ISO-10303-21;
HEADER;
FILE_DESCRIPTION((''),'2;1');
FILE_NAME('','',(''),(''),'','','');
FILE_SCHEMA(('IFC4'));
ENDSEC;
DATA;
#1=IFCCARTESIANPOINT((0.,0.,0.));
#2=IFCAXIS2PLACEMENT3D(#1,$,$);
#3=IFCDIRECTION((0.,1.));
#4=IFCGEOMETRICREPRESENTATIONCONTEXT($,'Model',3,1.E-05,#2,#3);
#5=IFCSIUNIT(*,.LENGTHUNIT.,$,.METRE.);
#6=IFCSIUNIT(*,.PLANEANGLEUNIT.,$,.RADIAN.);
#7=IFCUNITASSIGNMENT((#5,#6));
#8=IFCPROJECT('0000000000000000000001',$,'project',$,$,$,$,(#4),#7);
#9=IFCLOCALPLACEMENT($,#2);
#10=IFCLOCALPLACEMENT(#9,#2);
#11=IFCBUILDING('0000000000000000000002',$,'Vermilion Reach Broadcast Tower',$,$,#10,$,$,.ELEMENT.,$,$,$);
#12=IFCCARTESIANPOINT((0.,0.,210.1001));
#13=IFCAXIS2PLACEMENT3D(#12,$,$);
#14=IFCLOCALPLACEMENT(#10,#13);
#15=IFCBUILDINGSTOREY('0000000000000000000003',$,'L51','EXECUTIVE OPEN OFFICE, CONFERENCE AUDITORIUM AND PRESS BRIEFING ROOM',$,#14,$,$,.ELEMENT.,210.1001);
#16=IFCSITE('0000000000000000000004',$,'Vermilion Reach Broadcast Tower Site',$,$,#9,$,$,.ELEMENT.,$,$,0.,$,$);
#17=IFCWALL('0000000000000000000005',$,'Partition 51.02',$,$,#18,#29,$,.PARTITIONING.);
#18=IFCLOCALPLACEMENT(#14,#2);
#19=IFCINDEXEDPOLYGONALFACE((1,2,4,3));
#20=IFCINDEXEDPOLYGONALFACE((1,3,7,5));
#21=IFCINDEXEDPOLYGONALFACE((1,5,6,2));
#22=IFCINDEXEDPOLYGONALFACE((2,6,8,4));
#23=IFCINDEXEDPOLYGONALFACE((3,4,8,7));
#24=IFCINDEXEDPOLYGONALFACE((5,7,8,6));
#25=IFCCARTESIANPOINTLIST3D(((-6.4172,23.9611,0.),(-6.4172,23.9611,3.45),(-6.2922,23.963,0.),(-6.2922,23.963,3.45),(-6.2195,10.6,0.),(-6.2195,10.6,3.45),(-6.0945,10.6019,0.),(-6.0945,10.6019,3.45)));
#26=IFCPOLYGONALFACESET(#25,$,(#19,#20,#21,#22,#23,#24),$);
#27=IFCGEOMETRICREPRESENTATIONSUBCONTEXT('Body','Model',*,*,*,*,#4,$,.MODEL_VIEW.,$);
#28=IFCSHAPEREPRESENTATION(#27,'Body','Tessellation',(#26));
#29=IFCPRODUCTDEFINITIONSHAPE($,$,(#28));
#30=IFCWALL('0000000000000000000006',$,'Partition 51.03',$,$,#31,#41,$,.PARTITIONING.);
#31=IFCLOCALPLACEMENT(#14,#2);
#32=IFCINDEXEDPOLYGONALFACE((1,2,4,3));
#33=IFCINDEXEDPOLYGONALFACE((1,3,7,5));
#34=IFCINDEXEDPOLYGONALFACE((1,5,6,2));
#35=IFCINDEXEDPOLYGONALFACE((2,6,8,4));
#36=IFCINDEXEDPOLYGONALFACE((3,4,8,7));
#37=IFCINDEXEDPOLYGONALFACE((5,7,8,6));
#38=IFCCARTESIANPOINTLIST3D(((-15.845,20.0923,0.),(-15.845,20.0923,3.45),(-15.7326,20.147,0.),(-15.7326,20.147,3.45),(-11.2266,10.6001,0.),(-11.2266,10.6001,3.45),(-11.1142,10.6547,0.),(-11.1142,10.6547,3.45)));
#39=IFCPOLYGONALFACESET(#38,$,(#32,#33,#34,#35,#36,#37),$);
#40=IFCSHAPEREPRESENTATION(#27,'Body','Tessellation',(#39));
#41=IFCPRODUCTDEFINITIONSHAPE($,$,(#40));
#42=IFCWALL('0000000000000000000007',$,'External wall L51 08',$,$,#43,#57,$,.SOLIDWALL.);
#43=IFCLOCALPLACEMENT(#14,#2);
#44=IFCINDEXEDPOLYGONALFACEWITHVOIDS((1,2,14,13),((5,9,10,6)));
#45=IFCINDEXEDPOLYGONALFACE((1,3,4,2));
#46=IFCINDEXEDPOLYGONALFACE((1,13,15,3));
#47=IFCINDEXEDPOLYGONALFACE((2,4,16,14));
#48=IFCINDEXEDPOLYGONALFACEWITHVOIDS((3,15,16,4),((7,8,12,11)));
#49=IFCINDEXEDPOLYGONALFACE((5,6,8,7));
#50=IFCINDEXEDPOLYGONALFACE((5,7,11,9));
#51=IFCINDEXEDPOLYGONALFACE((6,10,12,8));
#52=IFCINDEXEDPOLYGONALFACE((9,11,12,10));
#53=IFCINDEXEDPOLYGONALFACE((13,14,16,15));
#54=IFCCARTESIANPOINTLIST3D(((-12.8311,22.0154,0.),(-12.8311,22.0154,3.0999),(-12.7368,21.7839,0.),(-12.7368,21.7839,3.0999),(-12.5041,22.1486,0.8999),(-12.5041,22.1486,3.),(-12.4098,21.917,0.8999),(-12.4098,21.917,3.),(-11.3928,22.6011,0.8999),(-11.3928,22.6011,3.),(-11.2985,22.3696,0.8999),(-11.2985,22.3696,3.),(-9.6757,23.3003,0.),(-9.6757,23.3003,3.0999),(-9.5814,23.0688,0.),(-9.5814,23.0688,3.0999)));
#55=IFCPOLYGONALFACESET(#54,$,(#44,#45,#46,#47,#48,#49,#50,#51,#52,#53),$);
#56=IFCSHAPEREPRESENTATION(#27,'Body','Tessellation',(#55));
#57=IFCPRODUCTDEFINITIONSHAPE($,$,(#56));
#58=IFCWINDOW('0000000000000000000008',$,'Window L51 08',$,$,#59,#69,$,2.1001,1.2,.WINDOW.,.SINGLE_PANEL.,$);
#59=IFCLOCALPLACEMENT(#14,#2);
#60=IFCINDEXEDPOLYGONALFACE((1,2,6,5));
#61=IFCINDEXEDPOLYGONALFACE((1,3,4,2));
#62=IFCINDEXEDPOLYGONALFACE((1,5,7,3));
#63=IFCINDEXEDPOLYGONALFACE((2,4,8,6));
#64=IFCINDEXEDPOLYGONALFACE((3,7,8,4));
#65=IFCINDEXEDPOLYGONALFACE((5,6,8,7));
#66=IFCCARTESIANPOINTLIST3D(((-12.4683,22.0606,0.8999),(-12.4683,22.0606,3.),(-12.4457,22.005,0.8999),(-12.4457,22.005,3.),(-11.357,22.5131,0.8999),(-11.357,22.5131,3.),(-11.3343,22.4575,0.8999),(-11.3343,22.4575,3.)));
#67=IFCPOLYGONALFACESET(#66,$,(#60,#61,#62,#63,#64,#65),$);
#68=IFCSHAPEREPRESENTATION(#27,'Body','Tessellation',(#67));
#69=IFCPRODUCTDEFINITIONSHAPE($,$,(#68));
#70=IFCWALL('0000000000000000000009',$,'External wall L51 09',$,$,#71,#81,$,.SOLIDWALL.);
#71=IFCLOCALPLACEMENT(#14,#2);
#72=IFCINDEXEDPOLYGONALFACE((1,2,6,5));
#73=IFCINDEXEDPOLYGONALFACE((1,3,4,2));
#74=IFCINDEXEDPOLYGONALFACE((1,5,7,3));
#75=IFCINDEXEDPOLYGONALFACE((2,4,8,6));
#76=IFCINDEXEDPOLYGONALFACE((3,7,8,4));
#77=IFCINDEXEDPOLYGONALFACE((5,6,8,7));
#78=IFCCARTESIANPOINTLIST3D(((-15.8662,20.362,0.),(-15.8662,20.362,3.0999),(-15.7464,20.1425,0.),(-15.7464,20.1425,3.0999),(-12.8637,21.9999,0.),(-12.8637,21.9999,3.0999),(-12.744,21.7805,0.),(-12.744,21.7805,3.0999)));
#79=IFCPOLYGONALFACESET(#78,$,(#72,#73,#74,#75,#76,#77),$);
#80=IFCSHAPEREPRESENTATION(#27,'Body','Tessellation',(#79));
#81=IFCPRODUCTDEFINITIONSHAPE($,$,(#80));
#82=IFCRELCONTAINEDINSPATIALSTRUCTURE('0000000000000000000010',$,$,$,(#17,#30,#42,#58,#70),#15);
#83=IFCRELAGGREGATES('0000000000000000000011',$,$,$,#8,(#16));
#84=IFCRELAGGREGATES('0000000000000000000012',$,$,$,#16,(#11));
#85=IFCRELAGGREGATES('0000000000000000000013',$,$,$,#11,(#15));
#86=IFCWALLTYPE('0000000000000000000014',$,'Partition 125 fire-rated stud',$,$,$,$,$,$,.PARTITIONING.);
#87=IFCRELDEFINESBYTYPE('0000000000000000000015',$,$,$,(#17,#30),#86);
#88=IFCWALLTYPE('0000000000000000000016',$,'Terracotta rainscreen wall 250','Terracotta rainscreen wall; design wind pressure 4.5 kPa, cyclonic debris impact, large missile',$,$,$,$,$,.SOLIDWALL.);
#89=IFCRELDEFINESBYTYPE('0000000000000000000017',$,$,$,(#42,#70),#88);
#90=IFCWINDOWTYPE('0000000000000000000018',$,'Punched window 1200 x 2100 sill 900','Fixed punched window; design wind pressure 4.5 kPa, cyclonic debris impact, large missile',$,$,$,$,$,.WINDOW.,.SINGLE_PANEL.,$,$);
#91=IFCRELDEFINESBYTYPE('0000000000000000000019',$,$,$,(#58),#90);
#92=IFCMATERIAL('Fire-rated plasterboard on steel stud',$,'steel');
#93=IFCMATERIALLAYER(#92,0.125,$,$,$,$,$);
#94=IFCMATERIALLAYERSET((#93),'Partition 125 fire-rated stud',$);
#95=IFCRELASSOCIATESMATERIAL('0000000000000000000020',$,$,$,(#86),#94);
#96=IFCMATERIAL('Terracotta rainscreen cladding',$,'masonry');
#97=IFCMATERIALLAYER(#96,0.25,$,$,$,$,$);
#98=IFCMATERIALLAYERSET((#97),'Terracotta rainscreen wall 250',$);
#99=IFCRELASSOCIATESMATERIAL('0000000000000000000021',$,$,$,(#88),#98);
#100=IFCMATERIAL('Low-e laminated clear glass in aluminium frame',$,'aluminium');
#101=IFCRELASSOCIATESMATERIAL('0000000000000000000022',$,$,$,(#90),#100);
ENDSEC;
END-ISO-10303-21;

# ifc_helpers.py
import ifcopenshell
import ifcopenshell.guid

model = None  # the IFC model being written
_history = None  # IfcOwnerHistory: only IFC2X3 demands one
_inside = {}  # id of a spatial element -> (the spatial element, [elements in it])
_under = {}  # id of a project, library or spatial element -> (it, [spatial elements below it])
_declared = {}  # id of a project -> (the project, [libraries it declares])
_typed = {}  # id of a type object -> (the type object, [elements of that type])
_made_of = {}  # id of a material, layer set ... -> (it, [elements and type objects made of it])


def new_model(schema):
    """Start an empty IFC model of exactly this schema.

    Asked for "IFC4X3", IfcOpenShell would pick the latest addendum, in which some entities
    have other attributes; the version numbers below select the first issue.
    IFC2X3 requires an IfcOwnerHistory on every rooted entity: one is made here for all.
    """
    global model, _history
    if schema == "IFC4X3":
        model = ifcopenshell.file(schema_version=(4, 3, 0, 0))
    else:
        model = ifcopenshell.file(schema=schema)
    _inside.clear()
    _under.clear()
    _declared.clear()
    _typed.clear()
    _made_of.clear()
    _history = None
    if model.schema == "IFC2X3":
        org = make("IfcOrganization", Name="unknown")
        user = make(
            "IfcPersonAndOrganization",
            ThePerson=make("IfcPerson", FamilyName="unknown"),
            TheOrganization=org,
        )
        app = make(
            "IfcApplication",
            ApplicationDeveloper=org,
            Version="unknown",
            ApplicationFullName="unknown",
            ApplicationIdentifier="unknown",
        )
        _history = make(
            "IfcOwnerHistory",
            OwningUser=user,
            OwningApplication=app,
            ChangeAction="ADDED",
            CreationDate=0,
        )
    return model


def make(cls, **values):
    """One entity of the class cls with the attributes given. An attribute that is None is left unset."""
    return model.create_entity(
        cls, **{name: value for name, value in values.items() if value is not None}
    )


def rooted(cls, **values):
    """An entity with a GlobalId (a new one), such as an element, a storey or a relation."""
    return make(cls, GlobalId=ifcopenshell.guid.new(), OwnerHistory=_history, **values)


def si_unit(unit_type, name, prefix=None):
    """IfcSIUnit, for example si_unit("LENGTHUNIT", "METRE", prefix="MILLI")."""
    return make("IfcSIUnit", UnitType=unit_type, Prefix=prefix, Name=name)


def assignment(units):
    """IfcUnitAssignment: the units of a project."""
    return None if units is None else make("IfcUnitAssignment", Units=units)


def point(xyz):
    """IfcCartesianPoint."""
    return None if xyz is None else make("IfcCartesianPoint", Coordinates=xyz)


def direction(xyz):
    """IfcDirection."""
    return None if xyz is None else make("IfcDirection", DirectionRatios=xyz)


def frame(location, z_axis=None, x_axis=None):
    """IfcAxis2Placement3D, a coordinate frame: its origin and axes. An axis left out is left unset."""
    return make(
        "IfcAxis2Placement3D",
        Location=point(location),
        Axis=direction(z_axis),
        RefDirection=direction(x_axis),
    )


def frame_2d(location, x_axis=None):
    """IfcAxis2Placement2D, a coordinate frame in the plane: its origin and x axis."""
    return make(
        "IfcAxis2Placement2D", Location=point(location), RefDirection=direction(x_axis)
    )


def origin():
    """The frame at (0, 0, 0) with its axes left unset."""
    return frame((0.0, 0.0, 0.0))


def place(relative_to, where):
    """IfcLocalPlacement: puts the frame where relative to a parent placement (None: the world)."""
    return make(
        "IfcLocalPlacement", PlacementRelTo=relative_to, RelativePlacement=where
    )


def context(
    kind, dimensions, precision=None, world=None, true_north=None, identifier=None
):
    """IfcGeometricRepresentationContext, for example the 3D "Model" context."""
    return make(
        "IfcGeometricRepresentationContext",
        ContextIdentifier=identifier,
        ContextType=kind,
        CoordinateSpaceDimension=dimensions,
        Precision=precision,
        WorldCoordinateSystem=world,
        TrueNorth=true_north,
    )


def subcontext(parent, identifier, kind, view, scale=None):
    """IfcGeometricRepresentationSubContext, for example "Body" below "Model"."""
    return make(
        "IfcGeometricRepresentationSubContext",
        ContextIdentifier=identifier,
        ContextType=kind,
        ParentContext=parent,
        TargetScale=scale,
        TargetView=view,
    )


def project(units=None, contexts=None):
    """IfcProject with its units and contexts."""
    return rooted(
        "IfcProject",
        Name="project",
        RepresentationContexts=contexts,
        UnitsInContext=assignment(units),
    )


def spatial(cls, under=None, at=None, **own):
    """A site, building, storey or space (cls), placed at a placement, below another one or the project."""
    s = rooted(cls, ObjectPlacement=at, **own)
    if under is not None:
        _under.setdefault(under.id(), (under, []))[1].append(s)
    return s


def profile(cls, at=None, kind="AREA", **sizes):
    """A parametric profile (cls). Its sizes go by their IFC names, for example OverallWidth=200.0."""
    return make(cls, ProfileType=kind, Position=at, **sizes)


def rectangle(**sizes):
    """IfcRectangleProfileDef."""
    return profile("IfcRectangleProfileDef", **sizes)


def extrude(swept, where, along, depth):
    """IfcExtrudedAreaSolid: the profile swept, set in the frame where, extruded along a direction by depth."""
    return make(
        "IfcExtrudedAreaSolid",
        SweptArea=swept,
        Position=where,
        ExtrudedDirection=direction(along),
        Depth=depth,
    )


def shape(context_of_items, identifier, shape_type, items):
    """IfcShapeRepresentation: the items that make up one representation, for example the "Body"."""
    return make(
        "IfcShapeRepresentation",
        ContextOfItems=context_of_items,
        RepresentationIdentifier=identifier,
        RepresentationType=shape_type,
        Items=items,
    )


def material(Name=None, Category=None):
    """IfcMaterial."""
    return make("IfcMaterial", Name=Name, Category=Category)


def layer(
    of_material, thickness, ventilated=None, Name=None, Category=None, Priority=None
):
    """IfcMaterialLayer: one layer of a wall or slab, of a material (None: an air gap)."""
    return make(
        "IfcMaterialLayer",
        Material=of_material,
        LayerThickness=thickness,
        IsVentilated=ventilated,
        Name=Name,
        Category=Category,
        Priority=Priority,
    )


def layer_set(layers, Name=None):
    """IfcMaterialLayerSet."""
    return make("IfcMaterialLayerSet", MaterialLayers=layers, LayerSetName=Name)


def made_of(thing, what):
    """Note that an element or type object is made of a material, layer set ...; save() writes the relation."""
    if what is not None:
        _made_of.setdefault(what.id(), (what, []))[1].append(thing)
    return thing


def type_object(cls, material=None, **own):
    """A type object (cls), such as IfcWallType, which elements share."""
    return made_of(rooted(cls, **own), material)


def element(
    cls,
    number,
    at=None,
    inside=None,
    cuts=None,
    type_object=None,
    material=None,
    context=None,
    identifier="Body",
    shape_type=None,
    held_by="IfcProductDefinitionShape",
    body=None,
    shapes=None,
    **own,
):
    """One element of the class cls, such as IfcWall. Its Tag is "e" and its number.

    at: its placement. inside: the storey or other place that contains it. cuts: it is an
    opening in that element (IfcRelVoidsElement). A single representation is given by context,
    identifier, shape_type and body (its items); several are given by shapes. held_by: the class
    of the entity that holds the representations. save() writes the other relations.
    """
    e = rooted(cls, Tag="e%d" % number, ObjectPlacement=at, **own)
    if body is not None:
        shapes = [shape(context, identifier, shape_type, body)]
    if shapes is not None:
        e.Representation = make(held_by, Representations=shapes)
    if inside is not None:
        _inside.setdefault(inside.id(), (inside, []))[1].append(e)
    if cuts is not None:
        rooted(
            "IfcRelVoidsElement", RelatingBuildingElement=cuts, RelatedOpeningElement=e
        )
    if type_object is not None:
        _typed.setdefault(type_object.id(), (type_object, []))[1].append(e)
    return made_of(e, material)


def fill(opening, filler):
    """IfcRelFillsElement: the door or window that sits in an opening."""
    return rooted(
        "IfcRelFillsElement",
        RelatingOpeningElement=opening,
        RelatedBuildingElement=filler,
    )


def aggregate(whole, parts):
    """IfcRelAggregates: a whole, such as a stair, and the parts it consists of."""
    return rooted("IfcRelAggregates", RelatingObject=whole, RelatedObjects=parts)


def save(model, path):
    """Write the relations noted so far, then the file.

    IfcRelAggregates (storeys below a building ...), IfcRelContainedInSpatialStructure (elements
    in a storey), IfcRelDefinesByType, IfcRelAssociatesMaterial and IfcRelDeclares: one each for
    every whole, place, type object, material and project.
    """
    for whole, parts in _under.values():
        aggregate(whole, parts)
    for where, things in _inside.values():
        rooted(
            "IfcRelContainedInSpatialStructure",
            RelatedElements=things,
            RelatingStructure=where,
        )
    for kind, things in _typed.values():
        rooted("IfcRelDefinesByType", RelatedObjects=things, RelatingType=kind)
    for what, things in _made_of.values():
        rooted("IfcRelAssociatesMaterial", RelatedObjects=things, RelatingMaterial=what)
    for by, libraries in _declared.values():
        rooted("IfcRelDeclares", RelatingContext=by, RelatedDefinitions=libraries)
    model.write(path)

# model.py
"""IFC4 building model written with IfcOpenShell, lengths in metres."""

from ifc_helpers import new_model, si_unit, direction, frame, frame_2d, origin, place, context, subcontext, project, spatial, rectangle, extrude, material, layer, layer_set, type_object, element, fill, save


model = new_model("IFC4")

# Units and contexts
model_context = context("Model", 3, precision=1e-05, world=origin(), true_north=direction((0.0, 1.0)))
body_context = subcontext(model_context, "Body", "Model", "MODEL_VIEW")
ifc_project = project(units=[si_unit("LENGTHUNIT", "METRE"), si_unit("PLANEANGLEUNIT", "RADIAN")], contexts=[model_context])

# Site, building, storey
site_placement = place(None, origin())
site = spatial("IfcSite", under=ifc_project, at=site_placement, Name="Vermilion Reach Broadcast Tower Site", CompositionType="ELEMENT", RefElevation=0.0)
building_placement = place(site_placement, origin())
building = spatial("IfcBuilding", under=site, at=building_placement, Name="Vermilion Reach Broadcast Tower", CompositionType="ELEMENT")
storey_placement = place(building_placement, frame((0.0, 0.0, 210.1001)))
storey = spatial("IfcBuildingStorey", under=building, at=storey_placement, Name="L51", Description="EXECUTIVE OPEN OFFICE, CONFERENCE AUDITORIUM AND PRESS BRIEFING ROOM", CompositionType="ELEMENT", Elevation=210.1001)

# Walls
ifc_material_1 = material(Name="Fire-rated plasterboard on steel stud", Category="steel")
ifc_layer_1 = layer(ifc_material_1, 0.125)
ifc_layer_set_1 = layer_set([ifc_layer_1], Name="Partition 125 fire-rated stud")
wall_type_1 = type_object("IfcWallType", Name="Partition 125 fire-rated stud", PredefinedType="PARTITIONING", material=ifc_layer_set_1)
wall_1_placement = place(storey_placement, frame((-6.3547, 23.9619, 0.0), z_axis=(0.0, 0.0, 1.0), x_axis=(0.014799, -0.99989, 0.0)))
element("IfcWall", 1, at=wall_1_placement, inside=storey, type_object=wall_type_1, Name="Partition 51.02", PredefinedType="PARTITIONING", context=body_context, shape_type="SweptSolid", body=[
    extrude(rectangle(XDim=13.3625, YDim=0.125, at=frame_2d((6.6812, 0.0))), origin(), (0.0, 0.0, 1.0), 3.45),
])
wall_2_placement = place(storey_placement, frame((-15.7888, 20.1196, 0.0), z_axis=(0.0, 0.0, 1.0), x_axis=(0.437511, -0.899213, 0.0)))
element("IfcWall", 2, at=wall_2_placement, inside=storey, type_object=wall_type_1, Name="Partition 51.03", PredefinedType="PARTITIONING", context=body_context, shape_type="SweptSolid", body=[
    extrude(rectangle(XDim=10.5562, YDim=0.125, at=frame_2d((5.2781, 0.0))), origin(), (0.0, 0.0, 1.0), 3.45),
])

# Shared definitions
ifc_material_2 = material(Name="Terracotta rainscreen cladding", Category="masonry")
ifc_layer_2 = layer(ifc_material_2, 0.25)
ifc_layer_set_2 = layer_set([ifc_layer_2], Name="Terracotta rainscreen wall 250")
wall_type_2 = type_object("IfcWallType", Name="Terracotta rainscreen wall 250", Description="Terracotta rainscreen wall; design wind pressure 4.5 kPa, cyclonic debris impact, large missile", PredefinedType="SOLIDWALL", material=ifc_layer_set_2)

# Wall, opening, window
wall_3_placement = place(storey_placement, frame((-9.6284, 23.1846, 0.0), z_axis=(0.0, 0.0, 1.0), x_axis=(-0.926161, -0.377128, 0.0)))
wall_3 = element("IfcWall", 3, at=wall_3_placement, inside=storey, type_object=wall_type_2, Name="External wall L51 08", PredefinedType="SOLIDWALL", context=body_context, shape_type="SweptSolid", body=[
    extrude(rectangle(XDim=3.407, YDim=0.25, at=frame_2d((1.7036, 0.0))), origin(), (0.0, 0.0, 1.0), 3.0999),
])
opening_1_placement = place(wall_3_placement, frame((1.854, 0.0, 0.8999)))
opening_1 = element("IfcOpeningElement", 4, at=opening_1_placement, cuts=wall_3, PredefinedType="OPENING", context=body_context, shape_type="SweptSolid", body=[
    extrude(rectangle(XDim=1.2, YDim=2.1001, at=frame_2d((0.6001, 1.05))), frame((0.0, 0.135, 0.0), z_axis=(0.0, -1.0, 0.0), x_axis=(1.0, 0.0, 0.0)), (0.0, 0.0, 1.0), 0.27),
])
ifc_material_3 = material(Name="Low-e laminated clear glass in aluminium frame", Category="aluminium")
window_type = type_object("IfcWindowType", Name="Punched window 1200 x 2100 sill 900", Description="Fixed punched window; design wind pressure 4.5 kPa, cyclonic debris impact, large missile", PartitioningType="SINGLE_PANEL", PredefinedType="WINDOW", material=ifc_material_3)
window_placement = place(opening_1_placement, origin())
window = element("IfcWindow", 5, at=window_placement, inside=storey, type_object=window_type, Name="Window L51 08", OverallHeight=2.1001, OverallWidth=1.2, PartitioningType="SINGLE_PANEL", PredefinedType="WINDOW", context=body_context, shape_type="SweptSolid", body=[
    extrude(rectangle(XDim=1.2, YDim=2.1001, at=frame_2d((0.6001, 1.05))), frame((0.0, 0.03, 0.0), z_axis=(0.0, -1.0, 0.0), x_axis=(1.0, 0.0, 0.0)), (0.0, 0.0, 1.0), 0.0601),
])
fill(opening_1, window)

# Wall
wall_4_placement = place(storey_placement, frame((-12.804, 21.8901, 0.0), z_axis=(0.0, 0.0, 1.0), x_axis=(-0.877866, -0.478907, 0.0)))
element("IfcWall", 6, at=wall_4_placement, inside=storey, type_object=wall_type_2, Name="External wall L51 09", PredefinedType="SOLIDWALL", context=body_context, shape_type="SweptSolid", body=[
    extrude(rectangle(XDim=3.4202, YDim=0.25, at=frame_2d((1.71, 0.0))), origin(), (0.0, 0.0, 1.0), 3.0999),
])

save(model, "model.ifc")
